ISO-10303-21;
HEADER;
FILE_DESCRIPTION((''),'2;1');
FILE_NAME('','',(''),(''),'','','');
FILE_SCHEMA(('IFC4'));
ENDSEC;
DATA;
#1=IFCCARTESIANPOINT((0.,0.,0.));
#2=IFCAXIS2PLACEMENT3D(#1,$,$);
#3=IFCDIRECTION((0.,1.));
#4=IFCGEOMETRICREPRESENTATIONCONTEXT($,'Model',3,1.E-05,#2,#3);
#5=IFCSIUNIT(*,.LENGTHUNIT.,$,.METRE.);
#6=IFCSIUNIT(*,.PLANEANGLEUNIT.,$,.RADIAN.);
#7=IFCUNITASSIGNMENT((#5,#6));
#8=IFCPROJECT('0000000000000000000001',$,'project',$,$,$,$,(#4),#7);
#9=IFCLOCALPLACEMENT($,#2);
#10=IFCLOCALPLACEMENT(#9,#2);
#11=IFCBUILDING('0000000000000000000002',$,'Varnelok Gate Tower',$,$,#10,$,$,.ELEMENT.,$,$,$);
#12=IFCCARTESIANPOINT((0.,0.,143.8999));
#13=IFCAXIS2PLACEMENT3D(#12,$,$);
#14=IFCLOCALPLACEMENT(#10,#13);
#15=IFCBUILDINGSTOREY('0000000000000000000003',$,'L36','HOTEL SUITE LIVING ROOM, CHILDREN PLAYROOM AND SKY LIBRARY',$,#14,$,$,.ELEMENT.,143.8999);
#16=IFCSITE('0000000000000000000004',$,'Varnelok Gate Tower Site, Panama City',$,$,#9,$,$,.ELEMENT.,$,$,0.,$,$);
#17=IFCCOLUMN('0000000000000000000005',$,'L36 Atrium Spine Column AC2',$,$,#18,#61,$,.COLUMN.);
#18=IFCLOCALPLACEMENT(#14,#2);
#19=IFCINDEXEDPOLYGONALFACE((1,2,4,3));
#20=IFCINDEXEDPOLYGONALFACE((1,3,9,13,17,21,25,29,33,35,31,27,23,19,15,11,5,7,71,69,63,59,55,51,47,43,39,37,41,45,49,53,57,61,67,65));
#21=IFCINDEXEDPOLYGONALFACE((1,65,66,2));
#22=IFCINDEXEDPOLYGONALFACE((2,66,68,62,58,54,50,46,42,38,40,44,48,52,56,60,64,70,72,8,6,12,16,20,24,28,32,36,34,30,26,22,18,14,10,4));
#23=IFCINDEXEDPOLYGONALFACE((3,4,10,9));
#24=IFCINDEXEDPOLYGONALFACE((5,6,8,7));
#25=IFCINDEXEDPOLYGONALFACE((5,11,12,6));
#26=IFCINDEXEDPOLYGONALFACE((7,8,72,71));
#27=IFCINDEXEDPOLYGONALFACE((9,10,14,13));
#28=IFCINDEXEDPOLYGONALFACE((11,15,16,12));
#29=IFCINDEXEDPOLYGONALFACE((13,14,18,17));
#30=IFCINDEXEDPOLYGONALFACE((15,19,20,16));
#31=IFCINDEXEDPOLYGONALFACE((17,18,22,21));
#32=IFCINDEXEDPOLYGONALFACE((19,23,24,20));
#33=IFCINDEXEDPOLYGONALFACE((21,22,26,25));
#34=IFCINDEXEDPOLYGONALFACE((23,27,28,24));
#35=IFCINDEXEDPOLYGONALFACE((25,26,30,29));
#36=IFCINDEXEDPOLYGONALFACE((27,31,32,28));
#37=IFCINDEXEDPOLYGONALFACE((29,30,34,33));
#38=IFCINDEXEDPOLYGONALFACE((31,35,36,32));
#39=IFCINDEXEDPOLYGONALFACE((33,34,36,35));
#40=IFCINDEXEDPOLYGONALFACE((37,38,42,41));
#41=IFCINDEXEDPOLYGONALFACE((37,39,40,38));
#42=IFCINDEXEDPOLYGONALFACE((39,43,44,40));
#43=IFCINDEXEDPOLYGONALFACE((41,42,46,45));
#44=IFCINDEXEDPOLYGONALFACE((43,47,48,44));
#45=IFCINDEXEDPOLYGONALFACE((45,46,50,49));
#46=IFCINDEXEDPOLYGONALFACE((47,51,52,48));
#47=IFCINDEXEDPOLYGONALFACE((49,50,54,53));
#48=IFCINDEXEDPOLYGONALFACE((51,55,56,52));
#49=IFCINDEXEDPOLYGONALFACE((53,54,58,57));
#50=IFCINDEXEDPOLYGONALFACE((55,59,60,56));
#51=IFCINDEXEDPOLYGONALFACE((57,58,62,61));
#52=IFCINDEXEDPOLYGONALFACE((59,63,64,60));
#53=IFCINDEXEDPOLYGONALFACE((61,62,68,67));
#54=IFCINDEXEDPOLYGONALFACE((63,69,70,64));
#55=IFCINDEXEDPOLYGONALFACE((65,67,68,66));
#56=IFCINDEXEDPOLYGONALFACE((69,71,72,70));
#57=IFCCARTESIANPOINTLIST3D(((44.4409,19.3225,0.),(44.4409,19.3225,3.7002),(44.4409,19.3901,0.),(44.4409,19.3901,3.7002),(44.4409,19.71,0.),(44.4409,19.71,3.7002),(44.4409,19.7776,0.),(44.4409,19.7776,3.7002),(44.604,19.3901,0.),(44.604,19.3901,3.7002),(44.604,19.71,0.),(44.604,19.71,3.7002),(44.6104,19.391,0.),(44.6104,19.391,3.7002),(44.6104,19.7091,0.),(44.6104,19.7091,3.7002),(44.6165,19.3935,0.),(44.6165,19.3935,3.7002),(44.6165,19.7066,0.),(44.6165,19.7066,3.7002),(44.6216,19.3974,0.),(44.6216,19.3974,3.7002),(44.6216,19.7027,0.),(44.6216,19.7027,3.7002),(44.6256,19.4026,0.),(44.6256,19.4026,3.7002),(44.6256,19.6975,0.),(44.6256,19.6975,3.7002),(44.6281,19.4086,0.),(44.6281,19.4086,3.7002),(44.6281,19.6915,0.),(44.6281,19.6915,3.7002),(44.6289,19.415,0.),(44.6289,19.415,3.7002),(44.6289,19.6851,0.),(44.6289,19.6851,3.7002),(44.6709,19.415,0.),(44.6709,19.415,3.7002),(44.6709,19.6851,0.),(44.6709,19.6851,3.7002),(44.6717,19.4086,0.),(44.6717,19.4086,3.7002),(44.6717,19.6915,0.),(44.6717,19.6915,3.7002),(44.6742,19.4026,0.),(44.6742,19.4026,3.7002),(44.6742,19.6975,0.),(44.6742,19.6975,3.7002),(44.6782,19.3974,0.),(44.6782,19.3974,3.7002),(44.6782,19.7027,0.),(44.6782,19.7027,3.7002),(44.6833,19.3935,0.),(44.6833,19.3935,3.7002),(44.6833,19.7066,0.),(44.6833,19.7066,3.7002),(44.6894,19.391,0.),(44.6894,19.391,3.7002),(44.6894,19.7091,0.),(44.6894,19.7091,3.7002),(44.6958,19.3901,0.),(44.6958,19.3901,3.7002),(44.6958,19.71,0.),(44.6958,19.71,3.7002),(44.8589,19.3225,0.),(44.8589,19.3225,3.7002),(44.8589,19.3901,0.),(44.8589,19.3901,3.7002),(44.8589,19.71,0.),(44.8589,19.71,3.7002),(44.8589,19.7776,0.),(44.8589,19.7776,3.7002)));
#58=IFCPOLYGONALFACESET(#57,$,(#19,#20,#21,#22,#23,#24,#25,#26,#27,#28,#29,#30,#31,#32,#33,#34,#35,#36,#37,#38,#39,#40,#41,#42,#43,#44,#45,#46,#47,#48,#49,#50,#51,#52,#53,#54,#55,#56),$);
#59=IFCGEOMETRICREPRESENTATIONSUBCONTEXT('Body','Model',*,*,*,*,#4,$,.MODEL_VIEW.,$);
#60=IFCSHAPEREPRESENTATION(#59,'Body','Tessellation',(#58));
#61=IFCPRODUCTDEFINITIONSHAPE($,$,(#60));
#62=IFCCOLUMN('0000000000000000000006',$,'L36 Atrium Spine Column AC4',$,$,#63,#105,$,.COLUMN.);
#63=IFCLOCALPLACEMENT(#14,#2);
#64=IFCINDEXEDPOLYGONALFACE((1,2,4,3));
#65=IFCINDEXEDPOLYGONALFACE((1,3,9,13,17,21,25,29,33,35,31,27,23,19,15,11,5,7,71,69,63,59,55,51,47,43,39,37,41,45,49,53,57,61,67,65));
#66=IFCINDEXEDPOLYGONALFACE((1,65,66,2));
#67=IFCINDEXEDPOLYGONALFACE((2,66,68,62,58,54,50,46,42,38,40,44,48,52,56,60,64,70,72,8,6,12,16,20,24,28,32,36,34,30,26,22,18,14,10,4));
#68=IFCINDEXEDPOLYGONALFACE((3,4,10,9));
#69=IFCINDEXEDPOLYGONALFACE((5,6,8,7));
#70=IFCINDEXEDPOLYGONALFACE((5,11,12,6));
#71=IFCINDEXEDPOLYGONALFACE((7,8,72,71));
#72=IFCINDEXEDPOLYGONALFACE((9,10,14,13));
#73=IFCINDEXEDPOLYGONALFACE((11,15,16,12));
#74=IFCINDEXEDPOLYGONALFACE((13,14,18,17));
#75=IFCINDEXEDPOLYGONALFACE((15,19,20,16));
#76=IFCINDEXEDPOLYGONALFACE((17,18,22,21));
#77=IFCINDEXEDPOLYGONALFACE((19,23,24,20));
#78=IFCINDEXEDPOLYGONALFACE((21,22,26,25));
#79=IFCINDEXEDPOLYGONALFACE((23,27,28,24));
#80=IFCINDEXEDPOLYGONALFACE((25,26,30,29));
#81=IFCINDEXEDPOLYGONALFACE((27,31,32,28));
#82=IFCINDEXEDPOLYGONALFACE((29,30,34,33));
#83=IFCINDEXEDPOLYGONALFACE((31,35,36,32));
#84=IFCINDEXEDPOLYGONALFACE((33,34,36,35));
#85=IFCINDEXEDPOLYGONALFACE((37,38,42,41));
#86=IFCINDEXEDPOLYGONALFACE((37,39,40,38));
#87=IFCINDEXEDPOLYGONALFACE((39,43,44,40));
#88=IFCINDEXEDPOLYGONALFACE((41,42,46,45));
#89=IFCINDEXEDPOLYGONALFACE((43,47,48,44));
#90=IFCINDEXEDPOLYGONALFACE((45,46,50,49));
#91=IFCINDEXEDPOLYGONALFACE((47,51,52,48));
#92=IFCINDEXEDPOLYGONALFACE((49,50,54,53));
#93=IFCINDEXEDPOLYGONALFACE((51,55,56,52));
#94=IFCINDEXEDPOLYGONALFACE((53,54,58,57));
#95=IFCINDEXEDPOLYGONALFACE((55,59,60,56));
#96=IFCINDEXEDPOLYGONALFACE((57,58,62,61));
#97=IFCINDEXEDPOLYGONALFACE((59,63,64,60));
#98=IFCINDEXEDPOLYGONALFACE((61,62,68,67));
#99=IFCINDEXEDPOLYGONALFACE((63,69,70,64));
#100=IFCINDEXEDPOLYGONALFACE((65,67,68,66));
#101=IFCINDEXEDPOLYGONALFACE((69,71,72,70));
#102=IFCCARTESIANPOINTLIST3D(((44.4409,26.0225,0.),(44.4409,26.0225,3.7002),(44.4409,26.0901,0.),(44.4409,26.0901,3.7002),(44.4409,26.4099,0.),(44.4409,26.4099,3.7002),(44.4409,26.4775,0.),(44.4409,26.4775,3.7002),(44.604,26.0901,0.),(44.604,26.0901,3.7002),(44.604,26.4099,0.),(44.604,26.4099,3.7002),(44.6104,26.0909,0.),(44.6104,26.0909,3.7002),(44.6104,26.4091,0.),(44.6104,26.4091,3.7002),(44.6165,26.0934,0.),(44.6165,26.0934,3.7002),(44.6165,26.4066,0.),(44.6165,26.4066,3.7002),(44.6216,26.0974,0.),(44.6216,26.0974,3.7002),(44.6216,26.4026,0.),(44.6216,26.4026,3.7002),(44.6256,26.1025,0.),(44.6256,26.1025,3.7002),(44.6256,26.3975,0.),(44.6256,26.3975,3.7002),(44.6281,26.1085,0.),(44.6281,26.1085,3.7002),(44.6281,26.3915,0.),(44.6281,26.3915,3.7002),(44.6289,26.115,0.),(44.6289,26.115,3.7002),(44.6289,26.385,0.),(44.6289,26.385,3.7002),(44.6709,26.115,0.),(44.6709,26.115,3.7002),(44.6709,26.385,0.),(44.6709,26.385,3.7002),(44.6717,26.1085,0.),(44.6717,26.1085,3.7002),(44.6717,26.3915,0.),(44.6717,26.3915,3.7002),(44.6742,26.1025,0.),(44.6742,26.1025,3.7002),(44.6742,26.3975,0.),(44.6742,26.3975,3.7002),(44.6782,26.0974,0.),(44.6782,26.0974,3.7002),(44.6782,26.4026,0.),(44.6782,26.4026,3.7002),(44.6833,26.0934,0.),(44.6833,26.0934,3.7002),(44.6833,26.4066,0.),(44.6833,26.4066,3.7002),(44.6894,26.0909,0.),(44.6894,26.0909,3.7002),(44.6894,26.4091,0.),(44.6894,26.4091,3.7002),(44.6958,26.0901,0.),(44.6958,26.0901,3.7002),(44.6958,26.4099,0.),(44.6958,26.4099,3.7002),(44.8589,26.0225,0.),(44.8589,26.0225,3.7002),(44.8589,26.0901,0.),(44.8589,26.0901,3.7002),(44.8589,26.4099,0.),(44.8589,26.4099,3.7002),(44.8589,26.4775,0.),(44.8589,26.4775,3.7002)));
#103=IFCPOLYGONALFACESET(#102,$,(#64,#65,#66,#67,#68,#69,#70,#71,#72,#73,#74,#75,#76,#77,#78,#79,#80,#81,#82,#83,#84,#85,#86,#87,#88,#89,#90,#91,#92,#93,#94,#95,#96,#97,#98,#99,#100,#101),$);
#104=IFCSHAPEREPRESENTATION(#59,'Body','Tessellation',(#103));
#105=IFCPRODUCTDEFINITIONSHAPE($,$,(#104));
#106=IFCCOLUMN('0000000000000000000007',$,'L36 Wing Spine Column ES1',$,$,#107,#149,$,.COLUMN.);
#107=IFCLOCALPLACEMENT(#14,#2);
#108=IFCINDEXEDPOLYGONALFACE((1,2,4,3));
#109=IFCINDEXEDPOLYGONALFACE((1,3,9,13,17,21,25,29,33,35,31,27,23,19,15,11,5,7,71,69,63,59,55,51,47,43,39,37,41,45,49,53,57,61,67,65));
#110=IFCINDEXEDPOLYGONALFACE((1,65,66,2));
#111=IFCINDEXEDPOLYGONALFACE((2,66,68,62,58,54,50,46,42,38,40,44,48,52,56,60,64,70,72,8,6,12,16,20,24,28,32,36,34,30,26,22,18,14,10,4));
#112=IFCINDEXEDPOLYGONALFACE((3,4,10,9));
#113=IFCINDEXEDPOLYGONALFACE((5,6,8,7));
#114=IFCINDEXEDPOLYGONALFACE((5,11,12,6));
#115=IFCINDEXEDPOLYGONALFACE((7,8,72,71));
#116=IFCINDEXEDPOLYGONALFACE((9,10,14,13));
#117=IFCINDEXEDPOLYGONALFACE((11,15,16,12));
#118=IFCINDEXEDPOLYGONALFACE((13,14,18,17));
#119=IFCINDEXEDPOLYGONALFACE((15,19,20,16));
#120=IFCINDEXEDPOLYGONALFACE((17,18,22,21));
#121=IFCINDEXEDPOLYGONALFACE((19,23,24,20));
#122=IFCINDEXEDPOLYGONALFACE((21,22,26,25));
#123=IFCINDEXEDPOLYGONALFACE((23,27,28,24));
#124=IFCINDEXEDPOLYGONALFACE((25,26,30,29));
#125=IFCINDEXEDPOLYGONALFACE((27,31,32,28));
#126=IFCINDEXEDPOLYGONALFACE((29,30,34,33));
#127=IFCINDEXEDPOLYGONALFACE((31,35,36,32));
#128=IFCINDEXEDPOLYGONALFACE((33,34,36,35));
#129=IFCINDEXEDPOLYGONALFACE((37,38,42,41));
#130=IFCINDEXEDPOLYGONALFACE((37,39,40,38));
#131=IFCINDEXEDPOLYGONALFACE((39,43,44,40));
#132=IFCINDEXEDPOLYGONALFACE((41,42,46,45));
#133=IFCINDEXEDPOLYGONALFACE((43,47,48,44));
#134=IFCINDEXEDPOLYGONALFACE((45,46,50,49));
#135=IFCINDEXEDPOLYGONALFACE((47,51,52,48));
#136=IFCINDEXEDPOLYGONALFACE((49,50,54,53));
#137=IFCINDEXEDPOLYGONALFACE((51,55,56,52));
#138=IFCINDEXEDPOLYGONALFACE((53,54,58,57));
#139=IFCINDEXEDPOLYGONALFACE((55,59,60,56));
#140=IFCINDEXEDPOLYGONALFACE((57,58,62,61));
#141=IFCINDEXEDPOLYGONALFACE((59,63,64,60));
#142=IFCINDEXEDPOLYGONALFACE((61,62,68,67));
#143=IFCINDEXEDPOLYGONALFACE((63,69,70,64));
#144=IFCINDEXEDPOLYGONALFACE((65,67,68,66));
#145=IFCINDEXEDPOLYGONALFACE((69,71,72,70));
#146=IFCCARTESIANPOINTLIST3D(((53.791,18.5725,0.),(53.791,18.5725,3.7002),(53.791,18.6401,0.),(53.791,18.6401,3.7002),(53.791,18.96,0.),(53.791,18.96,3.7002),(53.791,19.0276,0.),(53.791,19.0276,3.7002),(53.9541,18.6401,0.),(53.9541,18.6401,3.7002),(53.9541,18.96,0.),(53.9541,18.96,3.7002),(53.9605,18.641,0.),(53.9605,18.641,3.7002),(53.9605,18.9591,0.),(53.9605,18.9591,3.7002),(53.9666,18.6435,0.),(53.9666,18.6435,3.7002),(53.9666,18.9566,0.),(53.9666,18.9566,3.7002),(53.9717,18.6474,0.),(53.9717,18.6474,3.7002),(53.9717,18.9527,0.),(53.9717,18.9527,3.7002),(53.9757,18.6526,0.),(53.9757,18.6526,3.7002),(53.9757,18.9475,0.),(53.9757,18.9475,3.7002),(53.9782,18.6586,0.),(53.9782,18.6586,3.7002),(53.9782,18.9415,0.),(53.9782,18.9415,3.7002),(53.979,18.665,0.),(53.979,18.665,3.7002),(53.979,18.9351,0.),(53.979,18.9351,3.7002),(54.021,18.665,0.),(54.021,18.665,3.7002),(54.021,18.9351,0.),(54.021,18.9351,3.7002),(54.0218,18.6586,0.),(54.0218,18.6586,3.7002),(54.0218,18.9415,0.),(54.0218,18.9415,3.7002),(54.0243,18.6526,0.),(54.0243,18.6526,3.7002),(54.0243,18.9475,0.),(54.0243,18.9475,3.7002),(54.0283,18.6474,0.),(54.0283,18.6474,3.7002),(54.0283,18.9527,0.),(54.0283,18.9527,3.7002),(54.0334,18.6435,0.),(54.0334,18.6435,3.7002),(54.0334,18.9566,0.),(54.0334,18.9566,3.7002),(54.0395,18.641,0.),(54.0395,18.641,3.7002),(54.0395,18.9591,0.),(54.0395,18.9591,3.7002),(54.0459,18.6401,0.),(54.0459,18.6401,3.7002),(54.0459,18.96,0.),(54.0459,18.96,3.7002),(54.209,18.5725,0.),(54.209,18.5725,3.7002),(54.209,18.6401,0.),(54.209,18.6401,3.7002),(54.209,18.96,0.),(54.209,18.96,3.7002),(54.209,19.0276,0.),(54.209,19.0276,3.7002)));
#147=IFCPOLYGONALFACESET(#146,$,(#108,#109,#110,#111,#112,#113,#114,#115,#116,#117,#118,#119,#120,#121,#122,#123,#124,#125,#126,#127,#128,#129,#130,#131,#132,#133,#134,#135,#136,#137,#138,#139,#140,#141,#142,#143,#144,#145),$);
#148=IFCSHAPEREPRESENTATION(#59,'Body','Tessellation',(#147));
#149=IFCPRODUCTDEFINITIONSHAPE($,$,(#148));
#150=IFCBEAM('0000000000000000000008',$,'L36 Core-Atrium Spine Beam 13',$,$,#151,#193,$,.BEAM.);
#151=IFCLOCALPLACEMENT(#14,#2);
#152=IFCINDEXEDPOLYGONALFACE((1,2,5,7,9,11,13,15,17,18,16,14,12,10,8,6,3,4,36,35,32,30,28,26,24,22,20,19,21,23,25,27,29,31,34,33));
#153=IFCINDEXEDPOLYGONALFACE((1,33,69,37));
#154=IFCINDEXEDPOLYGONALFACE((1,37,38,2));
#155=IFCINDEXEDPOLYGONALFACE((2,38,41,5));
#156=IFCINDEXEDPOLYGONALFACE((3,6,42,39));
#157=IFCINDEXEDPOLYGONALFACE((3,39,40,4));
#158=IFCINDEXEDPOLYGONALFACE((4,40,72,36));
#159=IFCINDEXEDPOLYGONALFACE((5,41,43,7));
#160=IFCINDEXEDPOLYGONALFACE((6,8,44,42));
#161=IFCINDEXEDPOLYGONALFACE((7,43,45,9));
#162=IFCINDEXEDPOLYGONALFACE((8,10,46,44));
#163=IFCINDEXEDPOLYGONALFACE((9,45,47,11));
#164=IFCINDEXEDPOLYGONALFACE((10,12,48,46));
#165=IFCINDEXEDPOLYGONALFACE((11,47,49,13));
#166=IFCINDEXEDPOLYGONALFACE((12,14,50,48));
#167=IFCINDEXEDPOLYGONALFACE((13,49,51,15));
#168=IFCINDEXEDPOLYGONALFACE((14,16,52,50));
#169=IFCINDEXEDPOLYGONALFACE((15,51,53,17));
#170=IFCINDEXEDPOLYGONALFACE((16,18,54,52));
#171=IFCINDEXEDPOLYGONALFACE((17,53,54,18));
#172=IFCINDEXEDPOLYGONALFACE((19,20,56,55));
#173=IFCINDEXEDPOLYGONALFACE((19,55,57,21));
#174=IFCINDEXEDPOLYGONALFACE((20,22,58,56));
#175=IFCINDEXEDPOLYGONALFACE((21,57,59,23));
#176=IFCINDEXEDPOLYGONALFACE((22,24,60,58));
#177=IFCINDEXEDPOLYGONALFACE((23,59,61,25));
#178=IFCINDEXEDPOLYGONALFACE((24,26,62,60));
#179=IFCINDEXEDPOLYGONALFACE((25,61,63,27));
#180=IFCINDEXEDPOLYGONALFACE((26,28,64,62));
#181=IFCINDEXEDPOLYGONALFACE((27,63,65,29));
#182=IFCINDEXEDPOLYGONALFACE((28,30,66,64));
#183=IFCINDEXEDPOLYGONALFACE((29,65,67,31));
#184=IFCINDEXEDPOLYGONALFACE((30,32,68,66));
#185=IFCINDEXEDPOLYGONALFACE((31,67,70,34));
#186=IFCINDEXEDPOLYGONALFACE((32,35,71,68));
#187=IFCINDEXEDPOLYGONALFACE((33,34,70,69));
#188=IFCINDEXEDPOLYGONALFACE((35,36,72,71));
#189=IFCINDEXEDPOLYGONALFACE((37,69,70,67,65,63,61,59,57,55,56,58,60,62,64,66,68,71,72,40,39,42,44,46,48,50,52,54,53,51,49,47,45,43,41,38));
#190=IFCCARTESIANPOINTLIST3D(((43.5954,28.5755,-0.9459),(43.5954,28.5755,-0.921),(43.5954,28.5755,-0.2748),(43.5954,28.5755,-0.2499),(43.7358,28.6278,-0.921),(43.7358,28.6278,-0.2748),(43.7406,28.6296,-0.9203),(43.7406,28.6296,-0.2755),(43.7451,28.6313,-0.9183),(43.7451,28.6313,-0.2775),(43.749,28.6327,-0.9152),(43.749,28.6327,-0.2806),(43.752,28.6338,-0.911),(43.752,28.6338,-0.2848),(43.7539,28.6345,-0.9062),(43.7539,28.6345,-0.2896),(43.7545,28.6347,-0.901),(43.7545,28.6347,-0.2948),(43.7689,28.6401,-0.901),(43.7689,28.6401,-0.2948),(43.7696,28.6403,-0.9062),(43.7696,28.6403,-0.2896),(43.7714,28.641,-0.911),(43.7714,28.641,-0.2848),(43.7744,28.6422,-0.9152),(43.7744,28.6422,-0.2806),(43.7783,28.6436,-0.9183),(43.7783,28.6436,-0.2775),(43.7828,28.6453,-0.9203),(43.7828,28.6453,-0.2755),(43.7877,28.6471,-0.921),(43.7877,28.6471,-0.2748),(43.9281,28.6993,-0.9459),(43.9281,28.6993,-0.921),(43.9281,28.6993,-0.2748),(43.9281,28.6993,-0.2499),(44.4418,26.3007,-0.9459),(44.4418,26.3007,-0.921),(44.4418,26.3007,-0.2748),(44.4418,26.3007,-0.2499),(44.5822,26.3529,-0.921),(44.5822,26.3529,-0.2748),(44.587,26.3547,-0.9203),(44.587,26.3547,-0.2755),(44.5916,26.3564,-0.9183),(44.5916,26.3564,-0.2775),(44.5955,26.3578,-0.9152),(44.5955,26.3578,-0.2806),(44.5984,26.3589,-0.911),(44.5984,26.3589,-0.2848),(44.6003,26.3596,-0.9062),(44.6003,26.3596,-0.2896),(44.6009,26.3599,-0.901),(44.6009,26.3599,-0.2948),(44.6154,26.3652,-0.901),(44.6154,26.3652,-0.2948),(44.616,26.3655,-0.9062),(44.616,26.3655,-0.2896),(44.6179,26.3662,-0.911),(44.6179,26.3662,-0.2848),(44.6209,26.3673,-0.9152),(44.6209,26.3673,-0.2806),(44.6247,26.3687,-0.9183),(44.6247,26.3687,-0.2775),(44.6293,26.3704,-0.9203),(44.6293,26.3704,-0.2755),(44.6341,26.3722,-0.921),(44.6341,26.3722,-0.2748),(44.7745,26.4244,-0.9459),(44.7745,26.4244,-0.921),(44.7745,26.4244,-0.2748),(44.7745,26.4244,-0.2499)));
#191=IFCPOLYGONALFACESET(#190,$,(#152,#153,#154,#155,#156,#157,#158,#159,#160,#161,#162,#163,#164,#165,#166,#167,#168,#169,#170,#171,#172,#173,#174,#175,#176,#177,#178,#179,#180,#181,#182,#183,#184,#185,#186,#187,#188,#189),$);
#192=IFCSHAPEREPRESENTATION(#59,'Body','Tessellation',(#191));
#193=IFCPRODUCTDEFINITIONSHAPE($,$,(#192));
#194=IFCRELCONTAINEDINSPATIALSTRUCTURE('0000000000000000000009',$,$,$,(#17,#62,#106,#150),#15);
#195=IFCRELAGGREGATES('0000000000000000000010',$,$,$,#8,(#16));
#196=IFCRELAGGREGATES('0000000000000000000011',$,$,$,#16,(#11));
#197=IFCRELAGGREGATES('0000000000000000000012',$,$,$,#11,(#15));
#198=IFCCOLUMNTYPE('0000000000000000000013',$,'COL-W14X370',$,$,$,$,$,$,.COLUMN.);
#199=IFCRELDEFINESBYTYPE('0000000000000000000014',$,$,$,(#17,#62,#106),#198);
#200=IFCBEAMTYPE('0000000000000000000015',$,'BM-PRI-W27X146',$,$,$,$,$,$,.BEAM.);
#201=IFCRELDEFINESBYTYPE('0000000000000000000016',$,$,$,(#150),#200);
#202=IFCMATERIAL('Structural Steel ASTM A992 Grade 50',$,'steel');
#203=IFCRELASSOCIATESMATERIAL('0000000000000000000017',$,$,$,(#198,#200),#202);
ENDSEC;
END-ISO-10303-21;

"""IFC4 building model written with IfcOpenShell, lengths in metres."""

from ifc_helpers import new_model, si_unit, direction, frame, origin, origin_2d, place, context, subcontext, project, spatial, i_section, extrude, material, material_profile, profile_set, type_object, element, save


model = new_model("IFC4")

# Units and contexts
model_context = context("Model", 3, precision=1e-05, world=origin(), true_north=direction((0.0, 1.0)))
body_context = subcontext(model_context, "Body", "Model", "MODEL_VIEW")
ifc_project = project(units=[si_unit("LENGTHUNIT", "METRE"), si_unit("PLANEANGLEUNIT", "RADIAN")], contexts=[model_context])

# Site, building, storey
site_placement = place(None, origin())
site = spatial("IfcSite", under=ifc_project, at=site_placement, Name="Varnelok Gate Tower Site, Panama City", CompositionType="ELEMENT", RefElevation=0.0)
building_placement = place(site_placement, origin())
building = spatial("IfcBuilding", under=site, at=building_placement, Name="Varnelok Gate Tower", CompositionType="ELEMENT")
storey_placement = place(building_placement, frame((0.0, 0.0, 143.8999)))
storey = spatial("IfcBuildingStorey", under=building, at=storey_placement, Name="L36", Description="HOTEL SUITE LIVING ROOM, CHILDREN PLAYROOM AND SKY LIBRARY", CompositionType="ELEMENT", Elevation=143.8999)

# Columns
ifc_material_1 = material(Name="Structural Steel ASTM A992 Grade 50", Category="steel")
ifc_material_profile_1 = material_profile(ifc_material_1, i_section(OverallWidth=0.418, OverallDepth=0.4551, WebThickness=0.042, FlangeThickness=0.0676, FilletRadius=0.0249, at=origin_2d()), Name="W14X370")
ifc_profile_set_1 = profile_set([ifc_material_profile_1], Name="Structural Steel ASTM A992 Grade 50")
column_type = type_object("IfcColumnType", Name="COL-W14X370", PredefinedType="COLUMN", material=ifc_profile_set_1)
for number, where, z_axis, x_axis, name in (
    (1, (44.6499, 19.55, 0.0), (0.0, 0.0, 1.0), (1.0, 0.0, 0.0), "L36 Atrium Spine Column AC2"),
    (2, (44.6499, 26.25, 0.0), (0.0, 0.0, 1.0), (1.0, 0.0, 0.0), "L36 Atrium Spine Column AC4"),
    (3, (54.0, 18.8, 0.0), (0.0, 0.0, 1.0), (1.0, 0.0, 0.0), "L36 Wing Spine Column ES1"),
):
    element("IfcColumn", number, at=place(storey_placement, frame(where, z_axis=z_axis, x_axis=x_axis)), inside=storey, type_object=column_type, Name=name, PredefinedType="COLUMN", context=body_context, shape_type="SweptSolid", body=[
        extrude(i_section(OverallWidth=0.418, OverallDepth=0.4551, WebThickness=0.042, FlangeThickness=0.0676, FilletRadius=0.0249, at=origin_2d()), origin(), (0.0, 0.0, 1.0), 3.7002),
    ])

# Beam
ifc_material_profile_2 = material_profile(ifc_material_1, i_section(OverallWidth=0.355, OverallDepth=0.696, WebThickness=0.0154, FlangeThickness=0.0249, FilletRadius=0.02, at=origin_2d()), Name="W27X146")
ifc_profile_set_2 = profile_set([ifc_material_profile_2], Name="Structural Steel ASTM A992 Grade 50")
beam_type_1 = type_object("IfcBeamType", Name="BM-PRI-W27X146", PredefinedType="BEAM", material=ifc_profile_set_2)
beam_1_placement = place(storey_placement, frame((44.6082, 26.3625, -0.5979), z_axis=(-0.348719, 0.937227, 0.0), x_axis=(-0.937227, -0.348719, 0.0)))
element("IfcBeam", 4, at=beam_1_placement, inside=storey, type_object=beam_type_1, Name="L36 Core-Atrium Spine Beam 13", PredefinedType="BEAM", context=body_context, shape_type="SweptSolid", body=[
    extrude(i_section(OverallWidth=0.355, OverallDepth=0.696, WebThickness=0.0154, FlangeThickness=0.0249, FilletRadius=0.02, at=origin_2d()), origin(), (0.0, 0.0, 1.0), 2.4272),
])

save(model, "model.ifc")
